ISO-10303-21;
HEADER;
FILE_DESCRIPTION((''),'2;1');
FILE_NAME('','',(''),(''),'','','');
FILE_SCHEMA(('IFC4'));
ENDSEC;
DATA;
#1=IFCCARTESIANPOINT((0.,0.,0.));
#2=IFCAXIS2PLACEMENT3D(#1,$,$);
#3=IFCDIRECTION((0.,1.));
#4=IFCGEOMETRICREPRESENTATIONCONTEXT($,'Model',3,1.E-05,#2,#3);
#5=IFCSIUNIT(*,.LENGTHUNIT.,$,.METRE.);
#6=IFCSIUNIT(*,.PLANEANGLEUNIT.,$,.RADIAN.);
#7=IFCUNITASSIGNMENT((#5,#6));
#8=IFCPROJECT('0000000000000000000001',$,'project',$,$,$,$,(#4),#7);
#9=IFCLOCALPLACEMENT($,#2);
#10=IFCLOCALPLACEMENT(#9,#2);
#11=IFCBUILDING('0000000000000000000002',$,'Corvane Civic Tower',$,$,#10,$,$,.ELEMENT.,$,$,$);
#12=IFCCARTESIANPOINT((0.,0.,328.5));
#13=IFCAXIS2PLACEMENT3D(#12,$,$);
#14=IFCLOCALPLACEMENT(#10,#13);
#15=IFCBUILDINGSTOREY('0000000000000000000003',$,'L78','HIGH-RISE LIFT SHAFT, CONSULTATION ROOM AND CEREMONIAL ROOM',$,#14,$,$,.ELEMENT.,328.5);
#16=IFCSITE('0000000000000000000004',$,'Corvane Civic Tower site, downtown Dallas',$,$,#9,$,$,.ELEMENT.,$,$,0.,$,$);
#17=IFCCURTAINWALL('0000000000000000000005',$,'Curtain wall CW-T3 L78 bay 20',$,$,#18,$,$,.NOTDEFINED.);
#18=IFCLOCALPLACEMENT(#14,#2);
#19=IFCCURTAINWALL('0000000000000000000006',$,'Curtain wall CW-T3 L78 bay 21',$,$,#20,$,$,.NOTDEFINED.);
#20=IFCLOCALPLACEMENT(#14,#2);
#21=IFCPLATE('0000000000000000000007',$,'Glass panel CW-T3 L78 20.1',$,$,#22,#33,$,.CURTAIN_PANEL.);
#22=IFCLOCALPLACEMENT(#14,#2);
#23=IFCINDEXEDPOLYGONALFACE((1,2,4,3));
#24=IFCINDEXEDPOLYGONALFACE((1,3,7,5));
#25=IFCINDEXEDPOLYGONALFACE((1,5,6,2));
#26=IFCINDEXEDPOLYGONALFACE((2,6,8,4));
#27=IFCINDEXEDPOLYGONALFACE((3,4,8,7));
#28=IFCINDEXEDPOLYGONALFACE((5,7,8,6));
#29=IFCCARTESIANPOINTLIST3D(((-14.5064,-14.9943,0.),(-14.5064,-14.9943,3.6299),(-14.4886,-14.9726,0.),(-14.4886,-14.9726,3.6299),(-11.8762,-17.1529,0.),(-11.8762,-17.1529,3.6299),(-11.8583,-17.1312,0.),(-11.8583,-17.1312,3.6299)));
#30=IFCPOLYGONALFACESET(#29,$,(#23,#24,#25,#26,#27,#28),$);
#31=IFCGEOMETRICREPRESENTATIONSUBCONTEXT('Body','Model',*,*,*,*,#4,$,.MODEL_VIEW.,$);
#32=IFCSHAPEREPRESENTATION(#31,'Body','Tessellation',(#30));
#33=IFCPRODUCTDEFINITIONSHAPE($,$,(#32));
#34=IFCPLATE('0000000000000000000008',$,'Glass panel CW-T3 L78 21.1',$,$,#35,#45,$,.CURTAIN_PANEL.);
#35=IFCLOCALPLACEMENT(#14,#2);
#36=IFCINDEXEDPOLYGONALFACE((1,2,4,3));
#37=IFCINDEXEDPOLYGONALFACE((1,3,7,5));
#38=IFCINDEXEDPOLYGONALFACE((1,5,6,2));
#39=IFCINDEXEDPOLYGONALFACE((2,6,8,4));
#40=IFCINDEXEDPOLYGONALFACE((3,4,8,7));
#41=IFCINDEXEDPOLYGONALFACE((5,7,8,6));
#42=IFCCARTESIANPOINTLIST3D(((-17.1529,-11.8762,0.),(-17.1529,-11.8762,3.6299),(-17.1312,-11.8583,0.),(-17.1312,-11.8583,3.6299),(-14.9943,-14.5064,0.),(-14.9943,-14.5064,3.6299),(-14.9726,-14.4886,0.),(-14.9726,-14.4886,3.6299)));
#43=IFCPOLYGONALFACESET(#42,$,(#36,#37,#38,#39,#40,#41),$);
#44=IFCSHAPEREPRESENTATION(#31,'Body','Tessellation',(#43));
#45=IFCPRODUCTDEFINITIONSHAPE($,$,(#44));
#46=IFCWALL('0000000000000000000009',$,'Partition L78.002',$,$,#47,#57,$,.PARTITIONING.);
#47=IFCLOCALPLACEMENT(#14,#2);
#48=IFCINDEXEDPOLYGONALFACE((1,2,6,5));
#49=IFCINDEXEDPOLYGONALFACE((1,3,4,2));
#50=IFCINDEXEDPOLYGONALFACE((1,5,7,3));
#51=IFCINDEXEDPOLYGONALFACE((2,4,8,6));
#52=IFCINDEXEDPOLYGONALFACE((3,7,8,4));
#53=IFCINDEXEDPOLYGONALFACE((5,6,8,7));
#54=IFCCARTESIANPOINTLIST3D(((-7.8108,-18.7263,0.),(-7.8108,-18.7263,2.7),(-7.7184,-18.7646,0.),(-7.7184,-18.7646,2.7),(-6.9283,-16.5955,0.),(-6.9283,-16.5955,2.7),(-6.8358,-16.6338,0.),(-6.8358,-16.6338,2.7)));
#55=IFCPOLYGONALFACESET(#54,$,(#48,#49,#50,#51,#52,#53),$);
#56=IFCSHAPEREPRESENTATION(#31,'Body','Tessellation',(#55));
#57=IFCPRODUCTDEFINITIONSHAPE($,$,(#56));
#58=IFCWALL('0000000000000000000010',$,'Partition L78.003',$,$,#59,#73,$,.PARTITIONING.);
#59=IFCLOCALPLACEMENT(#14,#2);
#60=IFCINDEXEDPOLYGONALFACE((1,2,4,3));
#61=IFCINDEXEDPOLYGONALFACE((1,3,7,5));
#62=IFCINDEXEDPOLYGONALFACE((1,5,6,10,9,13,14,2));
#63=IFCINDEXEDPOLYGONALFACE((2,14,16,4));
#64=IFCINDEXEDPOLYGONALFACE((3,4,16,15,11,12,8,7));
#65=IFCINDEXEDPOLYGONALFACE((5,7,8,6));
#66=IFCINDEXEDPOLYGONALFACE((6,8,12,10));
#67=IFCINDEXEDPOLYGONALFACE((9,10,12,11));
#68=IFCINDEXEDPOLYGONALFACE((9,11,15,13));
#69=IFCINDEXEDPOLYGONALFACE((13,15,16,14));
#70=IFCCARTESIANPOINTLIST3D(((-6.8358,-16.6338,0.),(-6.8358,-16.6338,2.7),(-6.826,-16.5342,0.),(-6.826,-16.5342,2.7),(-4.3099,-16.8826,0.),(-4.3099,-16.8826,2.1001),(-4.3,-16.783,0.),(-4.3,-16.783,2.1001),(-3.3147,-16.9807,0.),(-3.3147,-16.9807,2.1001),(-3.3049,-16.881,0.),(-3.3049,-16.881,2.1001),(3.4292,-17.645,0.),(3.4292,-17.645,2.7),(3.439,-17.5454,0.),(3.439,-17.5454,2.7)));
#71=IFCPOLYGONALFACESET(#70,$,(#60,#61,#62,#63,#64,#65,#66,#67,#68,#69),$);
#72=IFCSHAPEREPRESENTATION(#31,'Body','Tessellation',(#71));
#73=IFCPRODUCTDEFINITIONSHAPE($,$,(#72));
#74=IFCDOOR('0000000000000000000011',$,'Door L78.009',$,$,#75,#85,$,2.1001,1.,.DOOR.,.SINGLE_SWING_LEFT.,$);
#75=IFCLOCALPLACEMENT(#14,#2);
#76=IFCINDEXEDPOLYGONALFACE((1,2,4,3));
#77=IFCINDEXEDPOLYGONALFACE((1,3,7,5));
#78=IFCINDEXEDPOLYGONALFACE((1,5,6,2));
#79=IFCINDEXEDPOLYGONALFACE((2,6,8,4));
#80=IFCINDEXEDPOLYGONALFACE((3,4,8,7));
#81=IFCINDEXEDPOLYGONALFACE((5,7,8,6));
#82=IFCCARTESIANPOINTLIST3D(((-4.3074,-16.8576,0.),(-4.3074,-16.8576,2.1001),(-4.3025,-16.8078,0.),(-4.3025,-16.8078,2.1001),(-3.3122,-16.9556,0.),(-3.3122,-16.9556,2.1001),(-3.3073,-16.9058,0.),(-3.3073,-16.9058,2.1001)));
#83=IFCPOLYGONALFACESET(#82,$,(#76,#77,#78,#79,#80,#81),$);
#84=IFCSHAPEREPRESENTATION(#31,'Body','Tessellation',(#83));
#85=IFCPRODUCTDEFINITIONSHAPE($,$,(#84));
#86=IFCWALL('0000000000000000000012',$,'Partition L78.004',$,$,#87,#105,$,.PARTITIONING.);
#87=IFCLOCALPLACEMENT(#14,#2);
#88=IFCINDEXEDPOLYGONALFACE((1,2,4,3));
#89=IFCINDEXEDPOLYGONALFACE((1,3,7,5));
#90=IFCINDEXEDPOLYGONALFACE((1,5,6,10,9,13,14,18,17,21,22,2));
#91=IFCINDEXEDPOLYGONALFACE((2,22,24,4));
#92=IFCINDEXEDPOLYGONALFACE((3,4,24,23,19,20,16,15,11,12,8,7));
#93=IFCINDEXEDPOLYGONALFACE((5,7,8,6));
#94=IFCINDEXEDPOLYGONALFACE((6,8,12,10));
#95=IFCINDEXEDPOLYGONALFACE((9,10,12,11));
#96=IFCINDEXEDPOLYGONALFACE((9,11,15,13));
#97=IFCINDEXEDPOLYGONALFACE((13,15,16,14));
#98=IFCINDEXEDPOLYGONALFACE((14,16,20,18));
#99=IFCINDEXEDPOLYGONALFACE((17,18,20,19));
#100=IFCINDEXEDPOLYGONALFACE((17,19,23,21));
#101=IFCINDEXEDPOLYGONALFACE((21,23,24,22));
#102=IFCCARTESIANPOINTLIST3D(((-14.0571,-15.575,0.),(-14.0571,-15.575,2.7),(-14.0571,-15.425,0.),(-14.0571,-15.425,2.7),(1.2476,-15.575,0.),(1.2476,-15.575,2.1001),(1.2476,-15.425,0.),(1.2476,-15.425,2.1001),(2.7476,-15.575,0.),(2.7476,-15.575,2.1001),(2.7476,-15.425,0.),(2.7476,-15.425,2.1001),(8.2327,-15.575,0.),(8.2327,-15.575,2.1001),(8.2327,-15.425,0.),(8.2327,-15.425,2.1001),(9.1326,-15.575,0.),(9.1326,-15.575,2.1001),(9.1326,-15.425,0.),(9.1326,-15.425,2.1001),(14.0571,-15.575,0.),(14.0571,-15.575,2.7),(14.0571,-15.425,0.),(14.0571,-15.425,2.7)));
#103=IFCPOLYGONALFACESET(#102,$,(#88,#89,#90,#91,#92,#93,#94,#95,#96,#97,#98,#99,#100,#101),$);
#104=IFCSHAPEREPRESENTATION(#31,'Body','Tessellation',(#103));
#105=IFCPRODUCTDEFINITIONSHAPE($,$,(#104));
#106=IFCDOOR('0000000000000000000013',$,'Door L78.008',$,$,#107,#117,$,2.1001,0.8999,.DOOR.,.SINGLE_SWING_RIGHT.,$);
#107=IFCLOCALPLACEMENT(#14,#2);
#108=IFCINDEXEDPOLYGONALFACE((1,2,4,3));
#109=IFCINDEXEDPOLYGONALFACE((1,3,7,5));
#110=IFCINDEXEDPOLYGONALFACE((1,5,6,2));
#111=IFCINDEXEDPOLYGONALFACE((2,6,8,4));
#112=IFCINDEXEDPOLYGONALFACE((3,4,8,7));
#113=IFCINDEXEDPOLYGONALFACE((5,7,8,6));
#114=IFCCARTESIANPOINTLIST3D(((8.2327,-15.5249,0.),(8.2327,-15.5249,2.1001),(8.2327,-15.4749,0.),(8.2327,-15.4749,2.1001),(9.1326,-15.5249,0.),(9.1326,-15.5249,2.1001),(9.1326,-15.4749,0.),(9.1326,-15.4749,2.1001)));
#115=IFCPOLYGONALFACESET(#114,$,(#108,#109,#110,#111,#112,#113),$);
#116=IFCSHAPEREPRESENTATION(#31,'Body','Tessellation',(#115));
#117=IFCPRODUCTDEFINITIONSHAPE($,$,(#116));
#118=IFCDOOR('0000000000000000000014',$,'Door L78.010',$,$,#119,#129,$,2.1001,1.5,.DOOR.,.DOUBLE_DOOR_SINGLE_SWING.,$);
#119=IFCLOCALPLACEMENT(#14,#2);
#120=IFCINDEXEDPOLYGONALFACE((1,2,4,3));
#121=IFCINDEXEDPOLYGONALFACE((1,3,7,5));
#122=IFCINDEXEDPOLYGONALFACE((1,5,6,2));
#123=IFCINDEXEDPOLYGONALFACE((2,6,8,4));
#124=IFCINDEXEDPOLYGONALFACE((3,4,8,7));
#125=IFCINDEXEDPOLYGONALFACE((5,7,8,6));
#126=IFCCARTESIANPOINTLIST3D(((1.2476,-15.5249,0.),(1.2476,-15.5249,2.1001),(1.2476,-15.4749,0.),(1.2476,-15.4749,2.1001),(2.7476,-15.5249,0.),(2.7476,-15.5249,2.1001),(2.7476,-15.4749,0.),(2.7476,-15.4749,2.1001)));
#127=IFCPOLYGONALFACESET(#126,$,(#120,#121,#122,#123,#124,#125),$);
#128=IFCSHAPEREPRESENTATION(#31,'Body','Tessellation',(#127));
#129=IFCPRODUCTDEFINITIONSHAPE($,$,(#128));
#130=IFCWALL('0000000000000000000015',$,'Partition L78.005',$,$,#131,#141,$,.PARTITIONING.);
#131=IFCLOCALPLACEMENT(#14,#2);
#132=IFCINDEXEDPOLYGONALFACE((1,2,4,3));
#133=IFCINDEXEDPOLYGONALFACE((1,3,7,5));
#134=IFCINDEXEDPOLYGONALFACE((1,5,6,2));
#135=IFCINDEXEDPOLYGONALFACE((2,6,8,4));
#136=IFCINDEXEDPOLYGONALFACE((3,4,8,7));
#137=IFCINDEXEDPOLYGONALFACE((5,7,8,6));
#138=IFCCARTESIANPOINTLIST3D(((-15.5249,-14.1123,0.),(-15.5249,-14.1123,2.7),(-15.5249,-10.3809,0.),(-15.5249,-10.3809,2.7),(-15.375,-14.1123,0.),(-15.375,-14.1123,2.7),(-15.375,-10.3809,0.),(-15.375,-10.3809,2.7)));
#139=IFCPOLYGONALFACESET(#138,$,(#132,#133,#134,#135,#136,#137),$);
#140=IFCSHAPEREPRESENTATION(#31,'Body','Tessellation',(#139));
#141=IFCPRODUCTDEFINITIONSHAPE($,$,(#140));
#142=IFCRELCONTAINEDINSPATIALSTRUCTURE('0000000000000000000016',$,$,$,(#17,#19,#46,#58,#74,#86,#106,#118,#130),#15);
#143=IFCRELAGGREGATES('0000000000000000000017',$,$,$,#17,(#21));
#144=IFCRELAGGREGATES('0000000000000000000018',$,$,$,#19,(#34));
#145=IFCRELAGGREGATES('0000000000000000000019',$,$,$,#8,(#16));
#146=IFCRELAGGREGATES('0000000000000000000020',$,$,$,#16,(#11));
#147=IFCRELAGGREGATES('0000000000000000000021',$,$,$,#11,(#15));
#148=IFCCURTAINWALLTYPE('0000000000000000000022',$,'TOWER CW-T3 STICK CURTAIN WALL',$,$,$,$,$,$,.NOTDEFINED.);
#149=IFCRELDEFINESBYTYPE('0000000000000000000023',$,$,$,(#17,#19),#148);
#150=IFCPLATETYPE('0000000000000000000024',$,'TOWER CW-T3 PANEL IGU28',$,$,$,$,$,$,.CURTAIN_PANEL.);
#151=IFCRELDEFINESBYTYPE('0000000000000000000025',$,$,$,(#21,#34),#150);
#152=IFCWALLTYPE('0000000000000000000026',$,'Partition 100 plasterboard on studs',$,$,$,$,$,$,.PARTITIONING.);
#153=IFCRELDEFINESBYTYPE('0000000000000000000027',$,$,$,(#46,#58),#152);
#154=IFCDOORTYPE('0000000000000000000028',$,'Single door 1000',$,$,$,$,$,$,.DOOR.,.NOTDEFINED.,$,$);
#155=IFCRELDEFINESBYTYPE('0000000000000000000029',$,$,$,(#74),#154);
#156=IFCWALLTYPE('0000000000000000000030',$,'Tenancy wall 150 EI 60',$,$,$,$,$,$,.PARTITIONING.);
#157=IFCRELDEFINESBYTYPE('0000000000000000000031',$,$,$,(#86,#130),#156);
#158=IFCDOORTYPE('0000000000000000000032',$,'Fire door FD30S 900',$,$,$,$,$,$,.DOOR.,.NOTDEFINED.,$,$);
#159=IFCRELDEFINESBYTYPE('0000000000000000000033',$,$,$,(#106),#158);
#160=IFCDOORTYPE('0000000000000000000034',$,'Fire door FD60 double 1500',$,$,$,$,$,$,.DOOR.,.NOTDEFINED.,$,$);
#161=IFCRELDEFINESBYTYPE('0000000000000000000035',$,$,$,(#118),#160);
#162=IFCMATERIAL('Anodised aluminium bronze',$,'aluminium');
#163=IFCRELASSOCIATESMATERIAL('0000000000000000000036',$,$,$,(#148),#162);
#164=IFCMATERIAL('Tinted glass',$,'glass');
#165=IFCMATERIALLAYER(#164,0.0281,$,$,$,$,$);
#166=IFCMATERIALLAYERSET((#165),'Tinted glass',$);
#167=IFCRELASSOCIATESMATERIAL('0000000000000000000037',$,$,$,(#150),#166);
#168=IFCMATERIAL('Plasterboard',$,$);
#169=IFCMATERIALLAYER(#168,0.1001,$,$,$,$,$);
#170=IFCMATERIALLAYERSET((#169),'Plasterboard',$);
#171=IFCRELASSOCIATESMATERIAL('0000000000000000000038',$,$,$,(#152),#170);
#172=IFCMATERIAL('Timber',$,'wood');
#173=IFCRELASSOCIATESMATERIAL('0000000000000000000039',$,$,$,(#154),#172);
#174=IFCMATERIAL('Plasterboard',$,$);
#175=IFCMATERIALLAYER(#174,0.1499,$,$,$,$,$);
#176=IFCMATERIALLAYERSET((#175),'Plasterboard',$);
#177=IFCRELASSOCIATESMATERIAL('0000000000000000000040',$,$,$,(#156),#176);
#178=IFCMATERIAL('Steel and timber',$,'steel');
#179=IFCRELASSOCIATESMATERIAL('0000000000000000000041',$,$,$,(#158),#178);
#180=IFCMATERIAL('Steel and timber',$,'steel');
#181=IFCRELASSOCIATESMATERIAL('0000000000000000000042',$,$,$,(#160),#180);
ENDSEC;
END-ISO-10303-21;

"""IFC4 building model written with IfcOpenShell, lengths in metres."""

from ifc_helpers import new_model, si_unit, direction, frame, frame_2d, origin, origin_2d, place, context, subcontext, project, spatial, rectangle, extrude, material, layer, layer_set, type_object, element, fill, aggregate, save


model = new_model("IFC4")

# Units and contexts
model_context = context("Model", 3, precision=1e-05, world=origin(), true_north=direction((0.0, 1.0)))
body_context = subcontext(model_context, "Body", "Model", "MODEL_VIEW")
ifc_project = project(units=[si_unit("LENGTHUNIT", "METRE"), si_unit("PLANEANGLEUNIT", "RADIAN")], contexts=[model_context])

# Site, building, storey
site_placement = place(None, origin())
site = spatial("IfcSite", under=ifc_project, at=site_placement, Name="Corvane Civic Tower site, downtown Dallas", CompositionType="ELEMENT", RefElevation=0.0)
building_placement = place(site_placement, origin())
building = spatial("IfcBuilding", under=site, at=building_placement, Name="Corvane Civic Tower", CompositionType="ELEMENT")
storey_placement = place(building_placement, frame((0.0, 0.0, 328.5)))
storey = spatial("IfcBuildingStorey", under=building, at=storey_placement, Name="L78", Description="HIGH-RISE LIFT SHAFT, CONSULTATION ROOM AND CEREMONIAL ROOM", CompositionType="ELEMENT", Elevation=328.5)

# Curtain walls
ifc_material_1 = material(Name="Anodised aluminium bronze", Category="aluminium")
curtain_wall_type = type_object("IfcCurtainWallType", Name="TOWER CW-T3 STICK CURTAIN WALL", PredefinedType="NOTDEFINED", material=ifc_material_1)
curtain_wall_1_placement = place(storey_placement, origin())
curtain_wall_1 = element("IfcCurtainWall", 1, at=curtain_wall_1_placement, inside=storey, type_object=curtain_wall_type, Name="Curtain wall CW-T3 L78 bay 20", PredefinedType="NOTDEFINED")
curtain_wall_2_placement = place(storey_placement, origin())
curtain_wall_2 = element("IfcCurtainWall", 2, at=curtain_wall_2_placement, inside=storey, type_object=curtain_wall_type, Name="Curtain wall CW-T3 L78 bay 21", PredefinedType="NOTDEFINED")

# Plates
ifc_material_2 = material(Name="Tinted glass", Category="glass")
ifc_layer_1 = layer(ifc_material_2, 0.0281)
ifc_layer_set_1 = layer_set([ifc_layer_1], Name="Tinted glass")
plate_type = type_object("IfcPlateType", Name="TOWER CW-T3 PANEL IGU28", PredefinedType="CURTAIN_PANEL", material=ifc_layer_set_1)
plate_1_placement = place(storey_placement, frame((-13.1824, -16.0627, 0.0), z_axis=(0.0, 0.0, 1.0), x_axis=(-0.77301, 0.634393, 0.0)))
plate_1 = element("IfcPlate", 3, at=plate_1_placement, type_object=plate_type, Name="Glass panel CW-T3 L78 20.1", PredefinedType="CURTAIN_PANEL", context=body_context, shape_type="SweptSolid", body=[
    extrude(rectangle(XDim=3.4026, YDim=0.0281, at=origin_2d()), origin(), (0.0, 0.0, 1.0), 3.6299),
])
aggregate(curtain_wall_1, [plate_1])
plate_2_placement = place(storey_placement, frame((-16.0627, -13.1824, 0.0), z_axis=(0.0, 0.0, 1.0), x_axis=(-0.634393, 0.77301, 0.0)))
plate_2 = element("IfcPlate", 4, at=plate_2_placement, type_object=plate_type, Name="Glass panel CW-T3 L78 21.1", PredefinedType="CURTAIN_PANEL", context=body_context, shape_type="SweptSolid", body=[
    extrude(rectangle(XDim=3.4026, YDim=0.0281, at=origin_2d()), origin(), (0.0, 0.0, 1.0), 3.6299),
])
aggregate(curtain_wall_2, [plate_2])

# Wall
ifc_material_3 = material(Name="Plasterboard")
ifc_layer_2 = layer(ifc_material_3, 0.1001)
ifc_layer_set_2 = layer_set([ifc_layer_2], Name="Plasterboard")
wall_type_1 = type_object("IfcWallType", Name="Partition 100 plasterboard on studs", PredefinedType="PARTITIONING", material=ifc_layer_set_2)
wall_1_placement = place(storey_placement, frame((-7.7646, -18.7456, 0.0), z_axis=(0.0, 0.0, 1.0), x_axis=(0.38266, 0.923889, 0.0)))
element("IfcWall", 5, at=wall_1_placement, inside=storey, type_object=wall_type_1, Name="Partition L78.002", PredefinedType="PARTITIONING", context=body_context, shape_type="SweptSolid", body=[
    extrude(rectangle(XDim=2.3064, YDim=0.1001, at=frame_2d((1.1533, 0.0))), origin(), (0.0, 0.0, 1.0), 2.7),
])

# Wall, opening, door
wall_2_placement = place(storey_placement, frame((-6.8308, -16.584, 0.0), z_axis=(0.0, 0.0, 1.0), x_axis=(0.995183, -0.098039, 0.0)))
wall_2 = element("IfcWall", 6, at=wall_2_placement, inside=storey, type_object=wall_type_1, Name="Partition L78.003", PredefinedType="PARTITIONING", context=body_context, shape_type="SweptSolid", body=[
    extrude(rectangle(XDim=10.3147, YDim=0.1001, at=frame_2d((5.1572, 0.0))), origin(), (0.0, 0.0, 1.0), 2.7),
])
opening_1_placement = place(wall_2_placement, frame((2.5381, 0.0, 0.0)))
opening_1 = element("IfcOpeningElement", 7, at=opening_1_placement, cuts=wall_2, PredefinedType="OPENING", context=body_context, shape_type="SweptSolid", body=[
    extrude(rectangle(XDim=1.0, YDim=2.1001, at=frame_2d((0.5, 1.05))), frame((0.0, 0.0601, 0.0), z_axis=(0.0, -1.0, 0.0), x_axis=(1.0, 0.0, 0.0)), (0.0, 0.0, 1.0), 0.1201),
])
ifc_material_4 = material(Name="Timber", Category="wood")
door_type_1 = type_object("IfcDoorType", Name="Single door 1000", OperationType="NOTDEFINED", PredefinedType="DOOR", material=ifc_material_4)
door_1_placement = place(opening_1_placement, frame((1.0, 0.0, 0.0), z_axis=(0.0, 0.0, 1.0), x_axis=(-1.0, 0.0, 0.0)))
door_1 = element("IfcDoor", 8, at=door_1_placement, inside=storey, type_object=door_type_1, Name="Door L78.009", OperationType="SINGLE_SWING_LEFT", OverallHeight=2.1001, OverallWidth=1.0, PredefinedType="DOOR", context=body_context, shape_type="SweptSolid", body=[
    extrude(rectangle(XDim=1.0, YDim=2.1001, at=frame_2d((0.5, 1.05))), frame((0.0, 0.0249, 0.0), z_axis=(0.0, -1.0, 0.0), x_axis=(1.0, 0.0, 0.0)), (0.0, 0.0, 1.0), 0.05),
])
fill(opening_1, door_1)

# Wall, openings, doors
ifc_material_5 = material(Name="Plasterboard")
ifc_layer_3 = layer(ifc_material_5, 0.1499)
ifc_layer_set_3 = layer_set([ifc_layer_3], Name="Plasterboard")
wall_type_2 = type_object("IfcWallType", Name="Tenancy wall 150 EI 60", PredefinedType="PARTITIONING", material=ifc_layer_set_3)
wall_3_placement = place(storey_placement, frame((-14.0571, -15.5, 0.0), z_axis=(0.0, 0.0, 1.0), x_axis=(1.0, 0.0, 0.0)))
wall_3 = element("IfcWall", 9, at=wall_3_placement, inside=storey, type_object=wall_type_2, Name="Partition L78.004", PredefinedType="PARTITIONING", context=body_context, shape_type="SweptSolid", body=[
    extrude(rectangle(XDim=28.1143, YDim=0.1499, at=frame_2d((14.0571, 0.0))), origin(), (0.0, 0.0, 1.0), 2.7),
])
opening_2_placement = place(wall_3_placement, frame((22.2898, 0.0, 0.0)))
opening_2 = element("IfcOpeningElement", 10, at=opening_2_placement, cuts=wall_3, PredefinedType="OPENING", context=body_context, shape_type="SweptSolid", body=[
    extrude(rectangle(XDim=0.8999, YDim=2.1001, at=frame_2d((0.45, 1.05))), frame((0.0, 0.085, 0.0), z_axis=(0.0, -1.0, 0.0), x_axis=(1.0, 0.0, 0.0)), (0.0, 0.0, 1.0), 0.1699),
])
opening_3_placement = place(wall_3_placement, frame((15.3047, 0.0, 0.0)))
opening_3 = element("IfcOpeningElement", 11, at=opening_3_placement, cuts=wall_3, PredefinedType="OPENING", context=body_context, shape_type="SweptSolid", body=[
    extrude(rectangle(XDim=1.5, YDim=2.1001, at=frame_2d((0.75, 1.05))), frame((0.0, 0.085, 0.0), z_axis=(0.0, -1.0, 0.0), x_axis=(1.0, 0.0, 0.0)), (0.0, 0.0, 1.0), 0.1699),
])
ifc_material_6 = material(Name="Steel and timber", Category="steel")
door_type_2 = type_object("IfcDoorType", Name="Fire door FD30S 900", OperationType="NOTDEFINED", PredefinedType="DOOR", material=ifc_material_6)
door_2_placement = place(opening_2_placement, frame((0.8999, 0.0, 0.0), z_axis=(0.0, 0.0, 1.0), x_axis=(-1.0, 0.0, 0.0)))
door_2 = element("IfcDoor", 12, at=door_2_placement, inside=storey, type_object=door_type_2, Name="Door L78.008", OperationType="SINGLE_SWING_RIGHT", OverallHeight=2.1001, OverallWidth=0.8999, PredefinedType="DOOR", context=body_context, shape_type="SweptSolid", body=[
    extrude(rectangle(XDim=0.8999, YDim=2.1001, at=frame_2d((0.45, 1.05))), frame((0.0, 0.0249, 0.0), z_axis=(0.0, -1.0, 0.0), x_axis=(1.0, 0.0, 0.0)), (0.0, 0.0, 1.0), 0.05),
])
fill(opening_2, door_2)
ifc_material_7 = material(Name="Steel and timber", Category="steel")
door_type_3 = type_object("IfcDoorType", Name="Fire door FD60 double 1500", OperationType="NOTDEFINED", PredefinedType="DOOR", material=ifc_material_7)
door_3_placement = place(opening_3_placement, frame((1.5, 0.0, 0.0), z_axis=(0.0, 0.0, 1.0), x_axis=(-1.0, 0.0, 0.0)))
door_3 = element("IfcDoor", 13, at=door_3_placement, inside=storey, type_object=door_type_3, Name="Door L78.010", OperationType="DOUBLE_DOOR_SINGLE_SWING", OverallHeight=2.1001, OverallWidth=1.5, PredefinedType="DOOR", context=body_context, shape_type="SweptSolid", body=[
    extrude(rectangle(XDim=1.5, YDim=2.1001, at=frame_2d((0.75, 1.05))), frame((0.0, 0.0249, 0.0), z_axis=(0.0, -1.0, 0.0), x_axis=(1.0, 0.0, 0.0)), (0.0, 0.0, 1.0), 0.05),
])
fill(opening_3, door_3)

# Wall
wall_4_placement = place(storey_placement, frame((-15.45, -14.1123, 0.0), z_axis=(0.0, 0.0, 1.0), x_axis=(0.0, 1.0, 0.0)))
element("IfcWall", 14, at=wall_4_placement, inside=storey, type_object=wall_type_2, Name="Partition L78.005", PredefinedType="PARTITIONING", context=body_context, shape_type="SweptSolid", body=[
    extrude(rectangle(XDim=3.7314, YDim=0.1499, at=frame_2d((1.8657, 0.0))), origin(), (0.0, 0.0, 1.0), 2.7),
])

save(model, "model.ifc")
